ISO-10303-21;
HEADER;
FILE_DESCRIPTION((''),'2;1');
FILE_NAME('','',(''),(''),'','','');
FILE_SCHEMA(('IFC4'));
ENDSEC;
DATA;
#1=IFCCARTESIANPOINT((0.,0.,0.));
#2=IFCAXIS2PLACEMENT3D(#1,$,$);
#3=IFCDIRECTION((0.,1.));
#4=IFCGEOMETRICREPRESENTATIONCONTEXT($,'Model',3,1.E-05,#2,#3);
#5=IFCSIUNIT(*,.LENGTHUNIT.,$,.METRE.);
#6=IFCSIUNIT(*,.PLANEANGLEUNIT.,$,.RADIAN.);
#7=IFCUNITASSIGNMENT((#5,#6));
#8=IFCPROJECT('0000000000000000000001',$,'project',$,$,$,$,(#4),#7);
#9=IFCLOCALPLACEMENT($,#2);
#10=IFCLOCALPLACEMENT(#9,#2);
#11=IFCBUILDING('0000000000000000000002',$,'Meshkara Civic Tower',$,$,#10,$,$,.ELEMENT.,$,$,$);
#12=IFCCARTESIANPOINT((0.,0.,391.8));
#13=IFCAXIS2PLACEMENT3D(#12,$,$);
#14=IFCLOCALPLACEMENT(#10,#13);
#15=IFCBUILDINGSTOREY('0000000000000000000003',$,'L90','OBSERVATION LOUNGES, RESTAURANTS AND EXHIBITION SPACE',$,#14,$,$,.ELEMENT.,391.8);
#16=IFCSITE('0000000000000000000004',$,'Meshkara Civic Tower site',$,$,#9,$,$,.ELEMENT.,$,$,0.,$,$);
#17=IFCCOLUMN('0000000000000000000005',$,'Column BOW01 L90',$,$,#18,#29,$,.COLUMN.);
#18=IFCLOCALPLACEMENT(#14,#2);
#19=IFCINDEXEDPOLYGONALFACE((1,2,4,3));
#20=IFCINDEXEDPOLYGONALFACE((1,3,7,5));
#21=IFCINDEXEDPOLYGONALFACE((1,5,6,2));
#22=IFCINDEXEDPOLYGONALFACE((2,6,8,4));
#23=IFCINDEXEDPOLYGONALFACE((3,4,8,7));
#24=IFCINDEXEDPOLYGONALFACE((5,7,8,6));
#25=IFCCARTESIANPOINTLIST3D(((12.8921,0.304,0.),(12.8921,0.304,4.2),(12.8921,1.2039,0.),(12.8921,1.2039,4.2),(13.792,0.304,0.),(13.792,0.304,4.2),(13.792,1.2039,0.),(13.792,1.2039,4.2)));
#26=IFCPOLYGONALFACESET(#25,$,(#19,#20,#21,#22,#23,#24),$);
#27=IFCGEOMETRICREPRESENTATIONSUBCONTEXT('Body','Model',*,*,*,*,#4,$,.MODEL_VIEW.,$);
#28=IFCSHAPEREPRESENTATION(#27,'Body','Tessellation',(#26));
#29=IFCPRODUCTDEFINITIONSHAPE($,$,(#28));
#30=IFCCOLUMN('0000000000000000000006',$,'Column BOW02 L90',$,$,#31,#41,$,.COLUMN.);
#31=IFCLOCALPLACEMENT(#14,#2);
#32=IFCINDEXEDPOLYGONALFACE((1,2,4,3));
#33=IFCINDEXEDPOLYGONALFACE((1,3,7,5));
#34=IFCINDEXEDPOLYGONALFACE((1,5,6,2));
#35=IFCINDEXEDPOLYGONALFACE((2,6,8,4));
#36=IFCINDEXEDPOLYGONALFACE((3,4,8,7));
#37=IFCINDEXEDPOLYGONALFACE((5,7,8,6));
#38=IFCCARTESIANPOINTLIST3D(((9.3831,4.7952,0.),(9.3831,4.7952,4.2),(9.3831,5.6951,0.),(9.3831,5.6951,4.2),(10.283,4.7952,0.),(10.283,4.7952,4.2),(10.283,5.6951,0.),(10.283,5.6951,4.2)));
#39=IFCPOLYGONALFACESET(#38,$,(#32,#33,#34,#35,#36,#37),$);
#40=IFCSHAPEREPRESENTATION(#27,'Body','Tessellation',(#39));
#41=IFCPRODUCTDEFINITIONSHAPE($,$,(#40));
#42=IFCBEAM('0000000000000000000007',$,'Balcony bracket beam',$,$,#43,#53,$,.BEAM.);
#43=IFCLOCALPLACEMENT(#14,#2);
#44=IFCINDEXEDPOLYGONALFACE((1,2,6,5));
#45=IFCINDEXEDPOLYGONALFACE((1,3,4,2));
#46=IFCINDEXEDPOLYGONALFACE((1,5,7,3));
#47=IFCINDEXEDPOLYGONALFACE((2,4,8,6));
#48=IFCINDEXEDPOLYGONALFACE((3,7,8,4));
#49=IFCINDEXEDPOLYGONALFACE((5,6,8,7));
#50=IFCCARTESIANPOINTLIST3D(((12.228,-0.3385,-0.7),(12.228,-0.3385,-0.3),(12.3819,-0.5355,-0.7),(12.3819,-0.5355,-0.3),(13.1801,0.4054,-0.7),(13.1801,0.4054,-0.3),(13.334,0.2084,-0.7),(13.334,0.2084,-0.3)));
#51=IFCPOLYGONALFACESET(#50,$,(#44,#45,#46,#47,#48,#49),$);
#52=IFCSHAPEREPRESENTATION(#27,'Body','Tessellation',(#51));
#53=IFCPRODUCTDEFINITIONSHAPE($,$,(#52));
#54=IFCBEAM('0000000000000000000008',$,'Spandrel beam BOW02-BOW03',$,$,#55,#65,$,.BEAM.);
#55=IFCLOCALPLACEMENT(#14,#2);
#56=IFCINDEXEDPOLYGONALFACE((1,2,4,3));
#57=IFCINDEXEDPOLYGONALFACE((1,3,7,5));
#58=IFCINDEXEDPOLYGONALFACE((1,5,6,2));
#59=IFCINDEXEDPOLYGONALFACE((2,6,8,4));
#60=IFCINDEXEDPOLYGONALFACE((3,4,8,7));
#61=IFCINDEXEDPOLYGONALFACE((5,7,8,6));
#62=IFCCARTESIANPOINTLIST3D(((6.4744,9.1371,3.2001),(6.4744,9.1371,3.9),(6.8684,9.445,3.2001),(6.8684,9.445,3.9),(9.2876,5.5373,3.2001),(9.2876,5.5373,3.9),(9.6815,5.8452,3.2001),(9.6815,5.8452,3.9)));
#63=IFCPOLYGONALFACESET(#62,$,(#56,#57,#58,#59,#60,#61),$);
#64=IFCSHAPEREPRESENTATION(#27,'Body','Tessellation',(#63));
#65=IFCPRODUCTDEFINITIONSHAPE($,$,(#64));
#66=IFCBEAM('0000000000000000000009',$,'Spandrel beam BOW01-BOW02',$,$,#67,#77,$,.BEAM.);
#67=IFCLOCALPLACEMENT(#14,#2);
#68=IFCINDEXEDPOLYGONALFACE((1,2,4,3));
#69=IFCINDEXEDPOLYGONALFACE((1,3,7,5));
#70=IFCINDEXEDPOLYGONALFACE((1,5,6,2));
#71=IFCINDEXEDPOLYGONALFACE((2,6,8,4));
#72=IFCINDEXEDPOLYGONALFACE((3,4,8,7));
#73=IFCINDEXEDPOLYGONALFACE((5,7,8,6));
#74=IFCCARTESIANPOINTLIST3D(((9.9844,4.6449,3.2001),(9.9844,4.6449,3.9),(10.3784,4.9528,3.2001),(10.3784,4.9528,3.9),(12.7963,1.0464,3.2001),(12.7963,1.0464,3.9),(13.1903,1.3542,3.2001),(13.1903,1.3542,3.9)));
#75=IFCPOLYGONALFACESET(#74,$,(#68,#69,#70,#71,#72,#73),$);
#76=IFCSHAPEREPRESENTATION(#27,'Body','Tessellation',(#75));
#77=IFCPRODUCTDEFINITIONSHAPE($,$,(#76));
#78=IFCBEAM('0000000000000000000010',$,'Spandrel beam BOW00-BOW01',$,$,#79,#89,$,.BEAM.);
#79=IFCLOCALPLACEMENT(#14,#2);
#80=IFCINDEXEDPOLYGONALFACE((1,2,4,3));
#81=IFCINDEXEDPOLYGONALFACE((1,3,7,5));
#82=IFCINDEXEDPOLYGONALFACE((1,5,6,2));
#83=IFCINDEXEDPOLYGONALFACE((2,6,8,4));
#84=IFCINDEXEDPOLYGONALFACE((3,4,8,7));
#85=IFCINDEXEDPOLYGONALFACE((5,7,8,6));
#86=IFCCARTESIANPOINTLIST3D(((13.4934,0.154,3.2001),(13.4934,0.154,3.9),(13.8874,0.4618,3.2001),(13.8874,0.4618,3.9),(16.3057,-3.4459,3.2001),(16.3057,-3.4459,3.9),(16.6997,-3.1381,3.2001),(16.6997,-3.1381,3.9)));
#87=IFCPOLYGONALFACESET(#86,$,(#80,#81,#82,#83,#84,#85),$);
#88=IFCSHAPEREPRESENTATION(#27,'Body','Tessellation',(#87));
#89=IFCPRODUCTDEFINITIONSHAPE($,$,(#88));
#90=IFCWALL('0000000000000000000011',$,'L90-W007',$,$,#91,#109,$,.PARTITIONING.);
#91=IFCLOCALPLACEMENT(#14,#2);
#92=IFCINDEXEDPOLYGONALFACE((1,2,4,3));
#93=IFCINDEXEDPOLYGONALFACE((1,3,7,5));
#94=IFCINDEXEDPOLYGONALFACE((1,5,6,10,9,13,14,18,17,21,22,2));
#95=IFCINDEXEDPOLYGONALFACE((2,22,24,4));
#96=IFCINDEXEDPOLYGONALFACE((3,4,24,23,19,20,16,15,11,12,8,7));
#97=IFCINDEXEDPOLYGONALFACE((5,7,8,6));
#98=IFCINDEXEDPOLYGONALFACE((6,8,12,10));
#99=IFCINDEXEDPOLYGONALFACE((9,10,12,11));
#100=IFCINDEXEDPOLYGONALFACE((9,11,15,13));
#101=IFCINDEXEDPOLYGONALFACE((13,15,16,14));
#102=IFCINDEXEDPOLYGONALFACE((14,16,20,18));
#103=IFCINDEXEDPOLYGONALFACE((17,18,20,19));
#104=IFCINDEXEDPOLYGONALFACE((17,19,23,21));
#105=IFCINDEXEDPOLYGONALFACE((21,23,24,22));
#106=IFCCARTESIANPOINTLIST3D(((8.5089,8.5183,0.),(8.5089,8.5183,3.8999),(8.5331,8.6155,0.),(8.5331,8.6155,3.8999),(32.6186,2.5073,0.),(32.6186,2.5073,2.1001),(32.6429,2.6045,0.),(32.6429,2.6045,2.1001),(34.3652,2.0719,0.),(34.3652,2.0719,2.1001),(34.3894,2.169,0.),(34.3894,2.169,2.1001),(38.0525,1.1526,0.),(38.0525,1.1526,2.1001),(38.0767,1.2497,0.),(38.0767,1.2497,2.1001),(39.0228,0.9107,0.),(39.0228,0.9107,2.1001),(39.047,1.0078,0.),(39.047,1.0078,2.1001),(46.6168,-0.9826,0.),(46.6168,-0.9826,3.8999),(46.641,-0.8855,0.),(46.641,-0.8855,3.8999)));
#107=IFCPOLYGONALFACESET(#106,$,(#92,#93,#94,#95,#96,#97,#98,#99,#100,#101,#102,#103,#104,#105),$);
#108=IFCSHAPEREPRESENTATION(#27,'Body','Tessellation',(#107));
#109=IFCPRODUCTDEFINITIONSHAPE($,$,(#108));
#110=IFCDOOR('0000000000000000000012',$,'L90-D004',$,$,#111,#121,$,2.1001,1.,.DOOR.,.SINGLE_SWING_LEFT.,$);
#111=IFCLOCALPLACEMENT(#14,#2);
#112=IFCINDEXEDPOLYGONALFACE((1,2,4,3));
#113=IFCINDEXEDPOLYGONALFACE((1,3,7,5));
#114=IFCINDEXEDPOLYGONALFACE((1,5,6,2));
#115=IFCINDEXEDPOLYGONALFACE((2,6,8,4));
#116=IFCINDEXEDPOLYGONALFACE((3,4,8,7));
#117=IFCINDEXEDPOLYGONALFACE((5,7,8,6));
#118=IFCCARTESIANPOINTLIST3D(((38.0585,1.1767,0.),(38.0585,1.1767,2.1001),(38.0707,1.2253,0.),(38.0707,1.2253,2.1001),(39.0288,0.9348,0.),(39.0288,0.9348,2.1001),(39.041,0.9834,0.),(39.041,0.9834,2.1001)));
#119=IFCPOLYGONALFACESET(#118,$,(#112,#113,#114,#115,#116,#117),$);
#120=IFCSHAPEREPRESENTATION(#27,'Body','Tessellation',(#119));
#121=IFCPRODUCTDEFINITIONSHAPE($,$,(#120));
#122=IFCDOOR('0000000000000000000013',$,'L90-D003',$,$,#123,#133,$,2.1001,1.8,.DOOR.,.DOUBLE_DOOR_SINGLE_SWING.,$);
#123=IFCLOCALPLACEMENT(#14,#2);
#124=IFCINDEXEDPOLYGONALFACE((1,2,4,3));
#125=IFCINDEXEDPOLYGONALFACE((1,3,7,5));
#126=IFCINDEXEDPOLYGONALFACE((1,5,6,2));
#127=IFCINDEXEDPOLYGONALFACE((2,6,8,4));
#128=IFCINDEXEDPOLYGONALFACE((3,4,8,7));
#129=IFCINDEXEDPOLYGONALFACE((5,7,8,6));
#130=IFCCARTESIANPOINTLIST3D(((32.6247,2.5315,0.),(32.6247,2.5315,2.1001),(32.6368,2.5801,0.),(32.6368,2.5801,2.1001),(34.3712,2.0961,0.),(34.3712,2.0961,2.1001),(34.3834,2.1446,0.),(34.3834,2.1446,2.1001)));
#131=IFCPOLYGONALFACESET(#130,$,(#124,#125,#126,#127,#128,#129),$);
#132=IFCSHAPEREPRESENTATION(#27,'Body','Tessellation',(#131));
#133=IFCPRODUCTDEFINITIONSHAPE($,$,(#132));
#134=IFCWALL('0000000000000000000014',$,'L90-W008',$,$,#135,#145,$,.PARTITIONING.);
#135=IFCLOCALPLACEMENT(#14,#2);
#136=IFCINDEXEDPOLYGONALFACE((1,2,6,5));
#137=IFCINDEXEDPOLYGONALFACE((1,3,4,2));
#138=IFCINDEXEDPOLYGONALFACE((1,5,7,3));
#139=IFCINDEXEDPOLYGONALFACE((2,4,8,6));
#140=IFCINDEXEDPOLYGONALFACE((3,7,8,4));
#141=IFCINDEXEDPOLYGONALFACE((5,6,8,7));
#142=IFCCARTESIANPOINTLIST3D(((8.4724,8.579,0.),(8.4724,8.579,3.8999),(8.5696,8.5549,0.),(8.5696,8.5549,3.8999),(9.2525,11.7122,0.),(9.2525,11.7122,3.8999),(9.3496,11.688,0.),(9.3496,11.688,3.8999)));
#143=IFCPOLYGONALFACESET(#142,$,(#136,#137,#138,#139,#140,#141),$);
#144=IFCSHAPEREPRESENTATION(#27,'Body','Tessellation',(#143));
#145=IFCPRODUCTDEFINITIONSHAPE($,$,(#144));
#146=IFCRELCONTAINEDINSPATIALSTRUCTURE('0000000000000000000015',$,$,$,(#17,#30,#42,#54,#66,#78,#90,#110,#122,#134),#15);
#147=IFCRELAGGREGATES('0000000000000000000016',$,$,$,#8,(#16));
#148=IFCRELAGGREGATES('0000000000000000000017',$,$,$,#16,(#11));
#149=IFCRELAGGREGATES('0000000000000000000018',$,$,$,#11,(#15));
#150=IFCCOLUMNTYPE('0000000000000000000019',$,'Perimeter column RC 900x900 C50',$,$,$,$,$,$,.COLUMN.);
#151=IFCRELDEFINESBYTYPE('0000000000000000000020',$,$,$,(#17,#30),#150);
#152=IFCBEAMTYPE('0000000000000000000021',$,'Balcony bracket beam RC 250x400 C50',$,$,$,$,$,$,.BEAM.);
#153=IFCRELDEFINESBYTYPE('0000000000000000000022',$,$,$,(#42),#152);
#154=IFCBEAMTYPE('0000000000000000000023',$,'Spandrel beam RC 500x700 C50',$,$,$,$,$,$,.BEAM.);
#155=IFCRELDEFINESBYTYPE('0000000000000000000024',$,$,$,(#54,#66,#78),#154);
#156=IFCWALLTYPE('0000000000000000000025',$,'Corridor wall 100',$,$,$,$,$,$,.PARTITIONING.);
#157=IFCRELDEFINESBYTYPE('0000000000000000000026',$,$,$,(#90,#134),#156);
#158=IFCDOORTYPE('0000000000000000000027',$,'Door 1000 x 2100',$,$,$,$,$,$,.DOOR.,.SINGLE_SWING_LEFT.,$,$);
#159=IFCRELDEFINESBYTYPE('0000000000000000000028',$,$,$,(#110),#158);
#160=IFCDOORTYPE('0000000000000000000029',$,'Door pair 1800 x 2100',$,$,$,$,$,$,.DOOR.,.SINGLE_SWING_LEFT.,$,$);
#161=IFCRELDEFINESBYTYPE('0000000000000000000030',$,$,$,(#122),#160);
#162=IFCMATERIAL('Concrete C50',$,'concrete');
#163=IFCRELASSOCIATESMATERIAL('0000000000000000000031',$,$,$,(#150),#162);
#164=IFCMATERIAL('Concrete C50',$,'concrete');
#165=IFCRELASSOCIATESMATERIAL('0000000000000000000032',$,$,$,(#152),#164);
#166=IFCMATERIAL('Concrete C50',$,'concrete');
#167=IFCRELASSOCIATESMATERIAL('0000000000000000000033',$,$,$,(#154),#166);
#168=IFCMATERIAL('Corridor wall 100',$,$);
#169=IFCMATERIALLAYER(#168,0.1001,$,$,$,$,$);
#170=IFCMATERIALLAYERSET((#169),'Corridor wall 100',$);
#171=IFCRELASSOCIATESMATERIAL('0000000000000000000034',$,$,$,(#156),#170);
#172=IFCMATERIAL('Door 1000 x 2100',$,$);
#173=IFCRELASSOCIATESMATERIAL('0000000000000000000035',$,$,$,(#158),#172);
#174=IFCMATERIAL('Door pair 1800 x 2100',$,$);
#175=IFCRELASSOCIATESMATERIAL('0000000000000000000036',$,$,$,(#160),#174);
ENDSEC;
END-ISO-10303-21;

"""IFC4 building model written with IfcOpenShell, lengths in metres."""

from ifc_helpers import new_model, si_unit, direction, frame, frame_2d, origin, origin_2d, place, context, subcontext, project, spatial, rectangle, extrude, material, layer, layer_set, material_profile, profile_set, type_object, element, fill, save


model = new_model("IFC4")

# Units and contexts
model_context = context("Model", 3, precision=1e-05, world=origin(), true_north=direction((0.0, 1.0)))
body_context = subcontext(model_context, "Body", "Model", "MODEL_VIEW")
ifc_project = project(units=[si_unit("LENGTHUNIT", "METRE"), si_unit("PLANEANGLEUNIT", "RADIAN")], contexts=[model_context])

# Site, building, storey
site_placement = place(None, origin())
site = spatial("IfcSite", under=ifc_project, at=site_placement, Name="Meshkara Civic Tower site", CompositionType="ELEMENT", RefElevation=0.0)
building_placement = place(site_placement, origin())
building = spatial("IfcBuilding", under=site, at=building_placement, Name="Meshkara Civic Tower", CompositionType="ELEMENT")
storey_placement = place(building_placement, frame((0.0, 0.0, 391.8)))
storey = spatial("IfcBuildingStorey", under=building, at=storey_placement, Name="L90", Description="OBSERVATION LOUNGES, RESTAURANTS AND EXHIBITION SPACE", CompositionType="ELEMENT", Elevation=391.8)

# Columns
ifc_material_1 = material(Name="Concrete C50", Category="concrete")
ifc_material_profile_1 = material_profile(ifc_material_1, rectangle(XDim=0.8999, YDim=0.8999, at=origin_2d()))
ifc_profile_set_1 = profile_set([ifc_material_profile_1], Name="Concrete C50")
column_type = type_object("IfcColumnType", Name="Perimeter column RC 900x900 C50", PredefinedType="COLUMN", material=ifc_profile_set_1)
for number, where, z_axis, x_axis, name in (
    (1, (13.342, 0.7539, 0.0), (0.0, 0.0, 1.0), (1.0, 0.0, 0.0), "Column BOW01 L90"),
    (2, (9.833, 5.2451, 0.0), (0.0, 0.0, 1.0), (1.0, 0.0, 0.0), "Column BOW02 L90"),
):
    element("IfcColumn", number, at=place(storey_placement, frame(where, z_axis=z_axis, x_axis=x_axis)), inside=storey, type_object=column_type, Name=name, PredefinedType="COLUMN", context=body_context, shape_type="SweptSolid", body=[
        extrude(rectangle(XDim=0.8999, YDim=0.8999, at=origin_2d()), origin(), (0.0, 0.0, 1.0), 4.2),
    ])

# Beams
ifc_material_2 = material(Name="Concrete C50", Category="concrete")
ifc_material_profile_2 = material_profile(ifc_material_2, rectangle(XDim=0.25, YDim=0.3999, at=origin_2d()))
ifc_profile_set_2 = profile_set([ifc_material_profile_2], Name="Concrete C50")
beam_type_1 = type_object("IfcBeamType", Name="Balcony bracket beam RC 250x400 C50", PredefinedType="BEAM", material=ifc_profile_set_2)
beam_1_placement = place(storey_placement, frame((13.2571, 0.3069, -0.5), z_axis=(-0.788012, -0.61566, 0.0), x_axis=(0.61566, -0.788012, 0.0)))
element("IfcBeam", 3, at=beam_1_placement, inside=storey, type_object=beam_type_1, Name="Balcony bracket beam", PredefinedType="BEAM", context=body_context, shape_type="SweptSolid", body=[
    extrude(rectangle(XDim=0.25, YDim=0.3999, at=origin_2d()), origin(), (0.0, 0.0, 1.0), 1.2083),
])
ifc_material_3 = material(Name="Concrete C50", Category="concrete")
ifc_material_profile_3 = material_profile(ifc_material_3, rectangle(XDim=0.5, YDim=0.7, at=origin_2d()))
ifc_profile_set_3 = profile_set([ifc_material_profile_3], Name="Concrete C50")
beam_type_2 = type_object("IfcBeamType", Name="Spandrel beam RC 500x700 C50", PredefinedType="BEAM", material=ifc_profile_set_3)
beam_2_placement = place(storey_placement, frame((6.6714, 9.291, 3.55), z_axis=(0.615759, -0.787934, 0.0), x_axis=(0.787934, 0.615759, 0.0)))
element("IfcBeam", 4, at=beam_2_placement, inside=storey, type_object=beam_type_2, Name="Spandrel beam BOW02-BOW03", PredefinedType="BEAM", context=body_context, shape_type="SweptSolid", body=[
    extrude(rectangle(XDim=0.5, YDim=0.7, at=origin_2d()), origin(), (0.0, 0.0, 1.0), 4.5686),
])
beam_3_placement = place(storey_placement, frame((10.1814, 4.7988, 3.55), z_axis=(0.615723, -0.787963, 0.0), x_axis=(0.787963, 0.615723, 0.0)))
element("IfcBeam", 5, at=beam_3_placement, inside=storey, type_object=beam_type_2, Name="Spandrel beam BOW01-BOW02", PredefinedType="BEAM", context=body_context, shape_type="SweptSolid", body=[
    extrude(rectangle(XDim=0.5, YDim=0.7, at=origin_2d()), origin(), (0.0, 0.0, 1.0), 4.5669),
])
beam_4_placement = place(storey_placement, frame((13.6904, 0.3079, 3.55), z_axis=(0.615626, -0.788038, 0.0), x_axis=(0.788038, 0.615626, 0.0)))
element("IfcBeam", 6, at=beam_4_placement, inside=storey, type_object=beam_type_2, Name="Spandrel beam BOW00-BOW01", PredefinedType="BEAM", context=body_context, shape_type="SweptSolid", body=[
    extrude(rectangle(XDim=0.5, YDim=0.7, at=origin_2d()), origin(), (0.0, 0.0, 1.0), 4.5681),
])

# Wall, openings, doors
ifc_material_4 = material(Name="Corridor wall 100")
ifc_layer_1 = layer(ifc_material_4, 0.1001)
ifc_layer_set_1 = layer_set([ifc_layer_1], Name="Corridor wall 100")
wall_type_1 = type_object("IfcWallType", Name="Corridor wall 100", PredefinedType="PARTITIONING", material=ifc_layer_set_1)
wall_1_placement = place(storey_placement, frame((8.521, 8.5669, 0.0), z_axis=(0.0, 0.0, 1.0), x_axis=(0.970298, -0.241912, 0.0)))
wall_1 = element("IfcWall", 7, at=wall_1_placement, inside=storey, type_object=wall_type_1, Name="L90-W007", PredefinedType="PARTITIONING", context=body_context, shape_type="SweptSolid", body=[
    extrude(rectangle(XDim=39.2744, YDim=0.1001, at=frame_2d((19.6372, 0.0))), origin(), (0.0, 0.0, 1.0), 3.8999),
])
opening_1_placement = place(wall_1_placement, frame((24.8479, 0.0, 0.0)))
opening_1 = element("IfcOpeningElement", 8, at=opening_1_placement, cuts=wall_1, PredefinedType="OPENING", context=body_context, shape_type="SweptSolid", body=[
    extrude(rectangle(XDim=1.8, YDim=2.1001, at=frame_2d((0.8999, 1.05))), frame((0.0, 0.0601, 0.0), z_axis=(0.0, -1.0, 0.0), x_axis=(1.0, 0.0, 0.0)), (0.0, 0.0, 1.0), 0.1201),
])
opening_2_placement = place(wall_1_placement, frame((30.448, 0.0, 0.0)))
opening_2 = element("IfcOpeningElement", 9, at=opening_2_placement, cuts=wall_1, PredefinedType="OPENING", context=body_context, shape_type="SweptSolid", body=[
    extrude(rectangle(XDim=1.0, YDim=2.1001, at=frame_2d((0.5, 1.05))), frame((0.0, 0.0601, 0.0), z_axis=(0.0, -1.0, 0.0), x_axis=(1.0, 0.0, 0.0)), (0.0, 0.0, 1.0), 0.1201),
])
ifc_material_5 = material(Name="Door 1000 x 2100")
door_type_1 = type_object("IfcDoorType", Name="Door 1000 x 2100", OperationType="SINGLE_SWING_LEFT", PredefinedType="DOOR", material=ifc_material_5)
door_1_placement = place(opening_2_placement, origin())
door_1 = element("IfcDoor", 10, at=door_1_placement, inside=storey, type_object=door_type_1, Name="L90-D004", OperationType="SINGLE_SWING_LEFT", OverallHeight=2.1001, OverallWidth=1.0, PredefinedType="DOOR", context=body_context, shape_type="SweptSolid", body=[
    extrude(rectangle(XDim=1.0, YDim=2.1001, at=frame_2d((0.5, 1.05))), frame((0.0, 0.0249, 0.0), z_axis=(0.0, -1.0, 0.0), x_axis=(1.0, 0.0, 0.0)), (0.0, 0.0, 1.0), 0.05),
])
fill(opening_2, door_1)
ifc_material_6 = material(Name="Door pair 1800 x 2100")
door_type_2 = type_object("IfcDoorType", Name="Door pair 1800 x 2100", OperationType="SINGLE_SWING_LEFT", PredefinedType="DOOR", material=ifc_material_6)
door_2_placement = place(opening_1_placement, origin())
door_2 = element("IfcDoor", 11, at=door_2_placement, inside=storey, type_object=door_type_2, Name="L90-D003", OperationType="DOUBLE_DOOR_SINGLE_SWING", OverallHeight=2.1001, OverallWidth=1.8, PredefinedType="DOOR", context=body_context, shape_type="SweptSolid", body=[
    extrude(rectangle(XDim=1.8, YDim=2.1001, at=frame_2d((0.8999, 1.05))), frame((0.0, 0.0249, 0.0), z_axis=(0.0, -1.0, 0.0), x_axis=(1.0, 0.0, 0.0)), (0.0, 0.0, 1.0), 0.05),
])
fill(opening_1, door_2)

# Wall
wall_2_placement = place(storey_placement, frame((9.301, 11.7, 0.0), z_axis=(0.0, 0.0, 1.0), x_axis=(-0.241593, -0.970378, 0.0)))
element("IfcWall", 12, at=wall_2_placement, inside=storey, type_object=wall_type_1, Name="L90-W008", PredefinedType="PARTITIONING", context=body_context, shape_type="SweptSolid", body=[
    extrude(rectangle(XDim=3.2288, YDim=0.1001, at=frame_2d((1.6143, 0.0))), origin(), (0.0, 0.0, 1.0), 3.8999),
])

save(model, "model.ifc")
